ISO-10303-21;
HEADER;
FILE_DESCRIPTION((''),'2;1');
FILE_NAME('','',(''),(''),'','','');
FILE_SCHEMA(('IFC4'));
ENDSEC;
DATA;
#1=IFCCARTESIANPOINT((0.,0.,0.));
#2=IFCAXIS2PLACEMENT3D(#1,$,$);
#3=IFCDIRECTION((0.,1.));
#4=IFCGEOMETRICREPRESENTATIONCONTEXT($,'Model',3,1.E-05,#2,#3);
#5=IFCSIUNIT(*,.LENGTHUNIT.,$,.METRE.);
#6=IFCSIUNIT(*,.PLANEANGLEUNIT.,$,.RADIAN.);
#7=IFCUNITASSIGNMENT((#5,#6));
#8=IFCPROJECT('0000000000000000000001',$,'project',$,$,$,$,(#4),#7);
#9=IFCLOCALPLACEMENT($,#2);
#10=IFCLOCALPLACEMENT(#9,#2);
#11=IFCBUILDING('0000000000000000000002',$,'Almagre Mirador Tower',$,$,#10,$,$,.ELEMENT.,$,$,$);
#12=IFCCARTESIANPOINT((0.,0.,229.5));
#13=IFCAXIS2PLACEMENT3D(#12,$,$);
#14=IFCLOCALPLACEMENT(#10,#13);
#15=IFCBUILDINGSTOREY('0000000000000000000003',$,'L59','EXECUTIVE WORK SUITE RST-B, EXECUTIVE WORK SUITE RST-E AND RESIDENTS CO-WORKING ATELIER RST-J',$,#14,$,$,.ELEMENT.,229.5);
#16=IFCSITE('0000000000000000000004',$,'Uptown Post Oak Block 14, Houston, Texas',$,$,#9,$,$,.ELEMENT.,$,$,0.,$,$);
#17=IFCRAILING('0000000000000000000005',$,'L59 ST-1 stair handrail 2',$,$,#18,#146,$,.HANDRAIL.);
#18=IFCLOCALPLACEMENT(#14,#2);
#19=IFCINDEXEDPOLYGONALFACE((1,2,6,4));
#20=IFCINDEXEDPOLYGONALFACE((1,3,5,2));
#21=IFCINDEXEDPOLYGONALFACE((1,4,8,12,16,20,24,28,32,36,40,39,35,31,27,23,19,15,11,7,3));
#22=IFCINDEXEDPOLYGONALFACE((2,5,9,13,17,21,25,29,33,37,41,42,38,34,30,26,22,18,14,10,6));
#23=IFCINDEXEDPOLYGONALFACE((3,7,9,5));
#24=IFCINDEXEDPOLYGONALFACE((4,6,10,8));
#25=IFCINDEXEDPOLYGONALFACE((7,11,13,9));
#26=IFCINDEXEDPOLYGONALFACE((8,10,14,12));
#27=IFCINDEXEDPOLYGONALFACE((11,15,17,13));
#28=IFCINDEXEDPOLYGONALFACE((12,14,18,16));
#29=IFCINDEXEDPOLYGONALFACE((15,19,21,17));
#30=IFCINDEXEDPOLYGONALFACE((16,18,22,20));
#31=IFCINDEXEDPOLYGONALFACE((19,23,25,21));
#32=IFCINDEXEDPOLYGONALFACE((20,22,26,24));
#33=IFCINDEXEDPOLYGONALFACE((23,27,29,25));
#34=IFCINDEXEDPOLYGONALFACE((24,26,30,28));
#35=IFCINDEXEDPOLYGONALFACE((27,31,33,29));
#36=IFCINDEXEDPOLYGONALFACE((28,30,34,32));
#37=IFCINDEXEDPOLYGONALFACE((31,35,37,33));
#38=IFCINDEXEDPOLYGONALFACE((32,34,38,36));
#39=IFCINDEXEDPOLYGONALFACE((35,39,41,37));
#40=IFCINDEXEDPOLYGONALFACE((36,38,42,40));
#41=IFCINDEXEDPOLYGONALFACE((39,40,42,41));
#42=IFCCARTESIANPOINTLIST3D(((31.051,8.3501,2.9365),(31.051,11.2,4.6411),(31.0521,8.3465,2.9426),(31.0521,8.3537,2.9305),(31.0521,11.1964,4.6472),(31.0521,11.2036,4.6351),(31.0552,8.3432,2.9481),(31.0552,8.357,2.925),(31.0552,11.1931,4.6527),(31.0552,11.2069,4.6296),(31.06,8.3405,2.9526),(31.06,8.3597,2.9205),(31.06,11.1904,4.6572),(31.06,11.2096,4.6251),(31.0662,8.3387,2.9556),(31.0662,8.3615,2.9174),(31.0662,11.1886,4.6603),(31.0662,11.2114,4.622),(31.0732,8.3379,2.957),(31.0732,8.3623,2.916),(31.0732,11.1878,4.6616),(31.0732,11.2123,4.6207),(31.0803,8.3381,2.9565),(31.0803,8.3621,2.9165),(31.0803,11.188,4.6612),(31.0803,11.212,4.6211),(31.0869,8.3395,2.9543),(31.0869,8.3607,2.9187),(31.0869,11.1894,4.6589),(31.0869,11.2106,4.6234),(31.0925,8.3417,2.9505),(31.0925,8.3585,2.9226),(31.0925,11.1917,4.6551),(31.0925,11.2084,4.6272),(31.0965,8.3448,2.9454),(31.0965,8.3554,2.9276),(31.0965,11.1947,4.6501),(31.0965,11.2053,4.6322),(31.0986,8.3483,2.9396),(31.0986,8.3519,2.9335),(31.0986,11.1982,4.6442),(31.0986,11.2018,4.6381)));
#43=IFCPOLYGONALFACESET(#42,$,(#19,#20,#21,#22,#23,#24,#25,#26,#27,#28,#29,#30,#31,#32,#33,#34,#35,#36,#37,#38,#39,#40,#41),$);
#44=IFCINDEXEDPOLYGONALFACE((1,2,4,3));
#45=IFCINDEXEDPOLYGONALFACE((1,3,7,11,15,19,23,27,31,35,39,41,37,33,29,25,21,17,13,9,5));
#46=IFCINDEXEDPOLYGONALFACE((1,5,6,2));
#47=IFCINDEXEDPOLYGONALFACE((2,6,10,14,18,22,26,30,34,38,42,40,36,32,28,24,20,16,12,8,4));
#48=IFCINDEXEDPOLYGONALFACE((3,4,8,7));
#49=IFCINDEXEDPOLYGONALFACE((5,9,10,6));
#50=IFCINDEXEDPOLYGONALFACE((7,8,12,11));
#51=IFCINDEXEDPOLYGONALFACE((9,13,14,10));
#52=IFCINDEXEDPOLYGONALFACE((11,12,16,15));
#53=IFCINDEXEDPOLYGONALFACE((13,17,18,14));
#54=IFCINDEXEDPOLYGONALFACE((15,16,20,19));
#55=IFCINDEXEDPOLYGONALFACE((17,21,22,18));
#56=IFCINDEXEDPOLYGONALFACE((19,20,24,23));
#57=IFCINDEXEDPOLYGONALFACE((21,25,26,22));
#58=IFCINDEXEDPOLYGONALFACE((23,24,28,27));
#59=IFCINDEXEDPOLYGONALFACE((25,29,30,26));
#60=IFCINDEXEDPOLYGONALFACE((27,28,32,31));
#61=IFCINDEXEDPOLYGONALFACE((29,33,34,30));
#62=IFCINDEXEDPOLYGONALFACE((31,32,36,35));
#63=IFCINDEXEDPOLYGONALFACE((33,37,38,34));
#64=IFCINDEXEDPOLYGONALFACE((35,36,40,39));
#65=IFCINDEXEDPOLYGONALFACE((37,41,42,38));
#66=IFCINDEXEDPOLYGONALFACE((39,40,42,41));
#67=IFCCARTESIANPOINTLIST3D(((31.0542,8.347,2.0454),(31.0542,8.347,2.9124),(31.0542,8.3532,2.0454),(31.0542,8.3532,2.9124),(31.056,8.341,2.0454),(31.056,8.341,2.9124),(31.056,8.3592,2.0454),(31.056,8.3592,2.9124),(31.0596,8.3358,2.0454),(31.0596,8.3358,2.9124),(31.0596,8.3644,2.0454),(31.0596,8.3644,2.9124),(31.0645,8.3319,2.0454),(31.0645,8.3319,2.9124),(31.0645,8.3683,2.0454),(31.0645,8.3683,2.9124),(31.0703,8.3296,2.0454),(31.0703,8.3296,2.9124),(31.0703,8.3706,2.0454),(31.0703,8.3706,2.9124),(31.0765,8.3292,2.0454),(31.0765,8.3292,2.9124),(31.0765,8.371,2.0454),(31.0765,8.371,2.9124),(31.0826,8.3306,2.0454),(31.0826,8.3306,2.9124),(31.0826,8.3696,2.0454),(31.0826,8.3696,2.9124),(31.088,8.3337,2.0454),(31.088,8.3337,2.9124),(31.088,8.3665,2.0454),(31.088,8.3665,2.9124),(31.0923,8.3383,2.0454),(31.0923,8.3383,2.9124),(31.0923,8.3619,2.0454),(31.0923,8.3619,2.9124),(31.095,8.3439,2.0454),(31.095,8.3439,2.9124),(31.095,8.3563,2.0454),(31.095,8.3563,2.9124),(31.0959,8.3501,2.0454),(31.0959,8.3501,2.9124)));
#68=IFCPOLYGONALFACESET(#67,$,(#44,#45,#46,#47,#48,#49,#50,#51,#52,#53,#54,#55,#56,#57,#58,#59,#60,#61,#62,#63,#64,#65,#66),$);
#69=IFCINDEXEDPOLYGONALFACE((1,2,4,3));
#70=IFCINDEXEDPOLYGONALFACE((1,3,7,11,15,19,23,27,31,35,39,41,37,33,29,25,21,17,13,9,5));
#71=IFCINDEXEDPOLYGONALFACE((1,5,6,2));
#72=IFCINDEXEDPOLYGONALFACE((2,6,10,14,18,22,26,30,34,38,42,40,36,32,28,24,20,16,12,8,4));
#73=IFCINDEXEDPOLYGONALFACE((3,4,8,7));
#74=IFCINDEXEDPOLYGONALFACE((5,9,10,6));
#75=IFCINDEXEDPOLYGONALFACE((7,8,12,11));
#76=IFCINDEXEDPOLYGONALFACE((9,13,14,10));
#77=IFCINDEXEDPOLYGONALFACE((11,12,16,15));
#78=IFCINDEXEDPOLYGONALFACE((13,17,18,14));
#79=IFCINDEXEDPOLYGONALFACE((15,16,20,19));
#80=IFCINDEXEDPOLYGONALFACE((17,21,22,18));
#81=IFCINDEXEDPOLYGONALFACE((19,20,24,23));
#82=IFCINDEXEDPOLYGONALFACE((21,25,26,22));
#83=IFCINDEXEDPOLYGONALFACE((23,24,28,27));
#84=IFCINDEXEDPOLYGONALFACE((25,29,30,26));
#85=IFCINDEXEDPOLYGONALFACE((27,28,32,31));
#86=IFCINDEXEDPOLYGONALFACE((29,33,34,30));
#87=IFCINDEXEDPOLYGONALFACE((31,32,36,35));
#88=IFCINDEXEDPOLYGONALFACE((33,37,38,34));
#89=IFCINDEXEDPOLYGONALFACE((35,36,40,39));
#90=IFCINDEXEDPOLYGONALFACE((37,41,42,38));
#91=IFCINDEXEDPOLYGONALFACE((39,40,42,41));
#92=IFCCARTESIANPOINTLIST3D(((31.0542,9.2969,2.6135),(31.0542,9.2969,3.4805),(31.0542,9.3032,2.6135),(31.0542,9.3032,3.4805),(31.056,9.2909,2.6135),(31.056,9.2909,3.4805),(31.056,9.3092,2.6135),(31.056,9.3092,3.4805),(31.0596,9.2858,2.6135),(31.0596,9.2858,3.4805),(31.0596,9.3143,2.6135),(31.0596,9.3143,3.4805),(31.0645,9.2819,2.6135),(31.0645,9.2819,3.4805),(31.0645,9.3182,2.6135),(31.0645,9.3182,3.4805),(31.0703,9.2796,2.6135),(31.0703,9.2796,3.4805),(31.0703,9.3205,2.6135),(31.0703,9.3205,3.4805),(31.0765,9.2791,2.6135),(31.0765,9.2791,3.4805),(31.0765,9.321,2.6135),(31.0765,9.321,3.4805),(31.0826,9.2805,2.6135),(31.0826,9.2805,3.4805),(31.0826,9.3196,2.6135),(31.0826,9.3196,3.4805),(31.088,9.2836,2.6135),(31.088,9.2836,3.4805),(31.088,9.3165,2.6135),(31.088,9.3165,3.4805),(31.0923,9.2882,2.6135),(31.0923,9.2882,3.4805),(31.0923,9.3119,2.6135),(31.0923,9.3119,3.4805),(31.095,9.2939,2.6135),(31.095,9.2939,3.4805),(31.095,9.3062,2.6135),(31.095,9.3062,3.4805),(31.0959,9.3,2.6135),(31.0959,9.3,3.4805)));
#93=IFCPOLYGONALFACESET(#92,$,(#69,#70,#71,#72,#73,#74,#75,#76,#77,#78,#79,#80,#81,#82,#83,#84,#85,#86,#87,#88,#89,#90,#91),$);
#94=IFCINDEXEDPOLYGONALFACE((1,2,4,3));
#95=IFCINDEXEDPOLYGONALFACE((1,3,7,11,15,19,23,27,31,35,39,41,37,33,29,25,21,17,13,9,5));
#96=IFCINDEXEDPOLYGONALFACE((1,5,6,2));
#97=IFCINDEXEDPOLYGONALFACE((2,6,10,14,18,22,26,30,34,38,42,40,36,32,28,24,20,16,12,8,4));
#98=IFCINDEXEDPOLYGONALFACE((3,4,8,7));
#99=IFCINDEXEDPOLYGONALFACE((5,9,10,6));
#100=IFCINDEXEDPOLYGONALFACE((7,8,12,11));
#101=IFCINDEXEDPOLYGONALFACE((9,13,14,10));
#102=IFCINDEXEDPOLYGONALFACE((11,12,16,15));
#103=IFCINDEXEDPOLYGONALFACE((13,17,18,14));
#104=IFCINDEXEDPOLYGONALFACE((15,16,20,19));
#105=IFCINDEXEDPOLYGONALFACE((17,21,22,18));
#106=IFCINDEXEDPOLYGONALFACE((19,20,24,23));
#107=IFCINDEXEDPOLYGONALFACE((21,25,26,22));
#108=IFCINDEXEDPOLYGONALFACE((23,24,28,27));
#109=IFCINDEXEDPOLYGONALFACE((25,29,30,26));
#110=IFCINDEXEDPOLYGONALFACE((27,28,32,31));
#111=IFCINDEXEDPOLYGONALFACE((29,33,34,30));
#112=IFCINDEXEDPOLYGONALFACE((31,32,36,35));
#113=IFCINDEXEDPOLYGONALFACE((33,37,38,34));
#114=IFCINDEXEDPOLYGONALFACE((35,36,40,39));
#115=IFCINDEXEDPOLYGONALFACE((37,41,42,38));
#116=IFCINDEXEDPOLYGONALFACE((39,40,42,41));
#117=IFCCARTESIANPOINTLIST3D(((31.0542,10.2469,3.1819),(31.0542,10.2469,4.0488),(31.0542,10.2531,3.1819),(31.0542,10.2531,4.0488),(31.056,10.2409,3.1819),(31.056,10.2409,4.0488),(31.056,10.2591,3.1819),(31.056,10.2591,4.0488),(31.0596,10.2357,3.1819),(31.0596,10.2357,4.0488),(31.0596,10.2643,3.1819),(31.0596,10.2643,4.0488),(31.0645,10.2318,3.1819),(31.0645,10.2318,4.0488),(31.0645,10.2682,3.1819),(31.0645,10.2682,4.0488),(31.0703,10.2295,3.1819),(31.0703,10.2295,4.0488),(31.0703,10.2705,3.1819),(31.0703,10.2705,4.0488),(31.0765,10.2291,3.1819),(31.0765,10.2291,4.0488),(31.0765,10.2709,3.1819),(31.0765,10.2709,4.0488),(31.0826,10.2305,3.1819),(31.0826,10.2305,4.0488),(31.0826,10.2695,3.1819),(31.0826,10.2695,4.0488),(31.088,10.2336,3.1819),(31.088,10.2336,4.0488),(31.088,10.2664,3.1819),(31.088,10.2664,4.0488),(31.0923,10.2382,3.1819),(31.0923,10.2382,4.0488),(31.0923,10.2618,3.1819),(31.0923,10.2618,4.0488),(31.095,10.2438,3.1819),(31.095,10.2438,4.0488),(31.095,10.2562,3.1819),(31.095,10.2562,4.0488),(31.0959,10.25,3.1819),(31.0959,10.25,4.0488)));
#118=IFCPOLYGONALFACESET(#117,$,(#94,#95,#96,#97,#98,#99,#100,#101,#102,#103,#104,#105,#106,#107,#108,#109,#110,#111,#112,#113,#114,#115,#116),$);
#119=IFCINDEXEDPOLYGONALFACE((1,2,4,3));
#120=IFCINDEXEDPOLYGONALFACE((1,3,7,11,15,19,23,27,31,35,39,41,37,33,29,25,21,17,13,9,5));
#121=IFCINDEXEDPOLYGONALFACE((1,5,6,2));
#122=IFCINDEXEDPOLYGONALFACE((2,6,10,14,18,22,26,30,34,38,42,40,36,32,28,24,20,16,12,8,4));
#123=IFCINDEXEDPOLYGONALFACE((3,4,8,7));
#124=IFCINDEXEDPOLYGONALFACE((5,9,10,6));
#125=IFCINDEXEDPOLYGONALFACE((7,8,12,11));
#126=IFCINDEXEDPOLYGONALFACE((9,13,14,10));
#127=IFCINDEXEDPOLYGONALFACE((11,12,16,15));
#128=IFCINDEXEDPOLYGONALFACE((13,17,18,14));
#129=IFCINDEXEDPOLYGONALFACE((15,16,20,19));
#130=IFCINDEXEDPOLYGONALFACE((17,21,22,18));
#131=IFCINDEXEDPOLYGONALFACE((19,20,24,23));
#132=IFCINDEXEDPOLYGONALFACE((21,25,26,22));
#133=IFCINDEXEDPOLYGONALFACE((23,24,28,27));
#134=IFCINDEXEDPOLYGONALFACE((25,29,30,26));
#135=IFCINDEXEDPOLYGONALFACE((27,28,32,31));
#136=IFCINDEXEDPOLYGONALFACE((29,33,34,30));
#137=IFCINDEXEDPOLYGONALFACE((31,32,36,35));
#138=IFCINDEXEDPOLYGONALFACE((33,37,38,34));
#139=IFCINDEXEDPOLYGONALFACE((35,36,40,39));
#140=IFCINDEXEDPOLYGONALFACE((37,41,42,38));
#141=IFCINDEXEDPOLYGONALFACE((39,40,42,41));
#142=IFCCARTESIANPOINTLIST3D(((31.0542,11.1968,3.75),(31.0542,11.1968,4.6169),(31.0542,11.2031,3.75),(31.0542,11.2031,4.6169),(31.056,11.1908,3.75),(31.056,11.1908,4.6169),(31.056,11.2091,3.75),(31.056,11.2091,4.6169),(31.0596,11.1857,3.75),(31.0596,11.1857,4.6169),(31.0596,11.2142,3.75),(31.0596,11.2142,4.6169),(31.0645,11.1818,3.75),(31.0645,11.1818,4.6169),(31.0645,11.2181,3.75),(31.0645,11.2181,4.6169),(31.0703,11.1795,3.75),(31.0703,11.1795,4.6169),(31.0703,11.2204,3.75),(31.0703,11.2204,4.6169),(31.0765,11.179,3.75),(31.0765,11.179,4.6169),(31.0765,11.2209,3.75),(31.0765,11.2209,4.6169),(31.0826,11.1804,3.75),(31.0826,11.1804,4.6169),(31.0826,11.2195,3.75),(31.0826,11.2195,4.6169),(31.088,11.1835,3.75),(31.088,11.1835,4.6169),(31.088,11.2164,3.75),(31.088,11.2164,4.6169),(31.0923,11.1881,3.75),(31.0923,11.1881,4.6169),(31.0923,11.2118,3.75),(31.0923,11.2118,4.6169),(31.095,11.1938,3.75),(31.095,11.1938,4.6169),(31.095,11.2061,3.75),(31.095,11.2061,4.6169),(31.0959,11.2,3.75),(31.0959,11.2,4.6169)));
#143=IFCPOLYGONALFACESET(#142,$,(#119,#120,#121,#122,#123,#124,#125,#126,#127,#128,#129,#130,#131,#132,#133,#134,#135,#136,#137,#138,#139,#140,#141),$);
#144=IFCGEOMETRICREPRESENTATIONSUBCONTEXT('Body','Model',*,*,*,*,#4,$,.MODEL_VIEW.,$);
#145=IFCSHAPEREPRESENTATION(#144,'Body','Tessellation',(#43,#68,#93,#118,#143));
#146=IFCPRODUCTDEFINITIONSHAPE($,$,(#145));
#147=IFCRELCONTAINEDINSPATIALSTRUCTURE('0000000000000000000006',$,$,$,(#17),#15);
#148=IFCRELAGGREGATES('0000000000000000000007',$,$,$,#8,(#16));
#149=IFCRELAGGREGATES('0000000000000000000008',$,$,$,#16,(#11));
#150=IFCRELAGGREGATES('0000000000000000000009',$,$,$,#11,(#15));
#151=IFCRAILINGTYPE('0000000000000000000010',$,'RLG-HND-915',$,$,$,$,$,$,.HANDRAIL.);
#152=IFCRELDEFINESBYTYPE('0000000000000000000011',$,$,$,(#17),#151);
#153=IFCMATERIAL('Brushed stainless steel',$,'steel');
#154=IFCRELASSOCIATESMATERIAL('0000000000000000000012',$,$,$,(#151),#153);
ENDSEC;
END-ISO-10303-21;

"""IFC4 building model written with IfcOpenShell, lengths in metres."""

from ifc_helpers import new_model, si_unit, direction, frame, origin, origin_2d, place, context, subcontext, project, spatial, circle, extrude, material, type_object, element, save


model = new_model("IFC4")

# Units and contexts
model_context = context("Model", 3, precision=1e-05, world=origin(), true_north=direction((0.0, 1.0)))
body_context = subcontext(model_context, "Body", "Model", "MODEL_VIEW")
ifc_project = project(units=[si_unit("LENGTHUNIT", "METRE"), si_unit("PLANEANGLEUNIT", "RADIAN")], contexts=[model_context])

# Site, building, storey
site_placement = place(None, origin())
site = spatial("IfcSite", under=ifc_project, at=site_placement, Name="Uptown Post Oak Block 14, Houston, Texas", CompositionType="ELEMENT", RefElevation=0.0)
building_placement = place(site_placement, origin())
building = spatial("IfcBuilding", under=site, at=building_placement, Name="Almagre Mirador Tower", CompositionType="ELEMENT")
storey_placement = place(building_placement, frame((0.0, 0.0, 229.5)))
storey = spatial("IfcBuildingStorey", under=building, at=storey_placement, Name="L59", Description="EXECUTIVE WORK SUITE RST-B, EXECUTIVE WORK SUITE RST-E AND RESIDENTS CO-WORKING ATELIER RST-J", CompositionType="ELEMENT", Elevation=229.5)

# Railing
ifc_material_1 = material(Name="Brushed stainless steel", Category="steel")
railing_type_1 = type_object("IfcRailingType", Name="RLG-HND-915", PredefinedType="HANDRAIL", material=ifc_material_1)
railing_1_placement = place(storey_placement, frame((31.075, 8.3501, 2.0454)))
element("IfcRailing", 1, at=railing_1_placement, inside=storey, type_object=railing_type_1, Name="L59 ST-1 stair handrail 2", PredefinedType="HANDRAIL", context=body_context, shape_type="SweptSolid", body=[
    extrude(circle(Radius=0.0239, at=origin_2d()), frame((0.0, 0.0, 0.8911), z_axis=(0.0, 0.858199, 0.513317), x_axis=(-1.0, 0.0, 0.0)), (0.0, 0.0, 1.0), 3.3208),
    extrude(circle(Radius=0.021, at=origin_2d()), origin(), (0.0, 0.0, 1.0), 0.8669),
    extrude(circle(Radius=0.021, at=origin_2d()), frame((0.0, 0.95, 0.5681)), (0.0, 0.0, 1.0), 0.8669),
    extrude(circle(Radius=0.021, at=origin_2d()), frame((0.0, 1.8999, 1.1365)), (0.0, 0.0, 1.0), 0.8669),
    extrude(circle(Radius=0.021, at=origin_2d()), frame((0.0, 2.8499, 1.7046)), (0.0, 0.0, 1.0), 0.8669),
])

save(model, "model.ifc")
